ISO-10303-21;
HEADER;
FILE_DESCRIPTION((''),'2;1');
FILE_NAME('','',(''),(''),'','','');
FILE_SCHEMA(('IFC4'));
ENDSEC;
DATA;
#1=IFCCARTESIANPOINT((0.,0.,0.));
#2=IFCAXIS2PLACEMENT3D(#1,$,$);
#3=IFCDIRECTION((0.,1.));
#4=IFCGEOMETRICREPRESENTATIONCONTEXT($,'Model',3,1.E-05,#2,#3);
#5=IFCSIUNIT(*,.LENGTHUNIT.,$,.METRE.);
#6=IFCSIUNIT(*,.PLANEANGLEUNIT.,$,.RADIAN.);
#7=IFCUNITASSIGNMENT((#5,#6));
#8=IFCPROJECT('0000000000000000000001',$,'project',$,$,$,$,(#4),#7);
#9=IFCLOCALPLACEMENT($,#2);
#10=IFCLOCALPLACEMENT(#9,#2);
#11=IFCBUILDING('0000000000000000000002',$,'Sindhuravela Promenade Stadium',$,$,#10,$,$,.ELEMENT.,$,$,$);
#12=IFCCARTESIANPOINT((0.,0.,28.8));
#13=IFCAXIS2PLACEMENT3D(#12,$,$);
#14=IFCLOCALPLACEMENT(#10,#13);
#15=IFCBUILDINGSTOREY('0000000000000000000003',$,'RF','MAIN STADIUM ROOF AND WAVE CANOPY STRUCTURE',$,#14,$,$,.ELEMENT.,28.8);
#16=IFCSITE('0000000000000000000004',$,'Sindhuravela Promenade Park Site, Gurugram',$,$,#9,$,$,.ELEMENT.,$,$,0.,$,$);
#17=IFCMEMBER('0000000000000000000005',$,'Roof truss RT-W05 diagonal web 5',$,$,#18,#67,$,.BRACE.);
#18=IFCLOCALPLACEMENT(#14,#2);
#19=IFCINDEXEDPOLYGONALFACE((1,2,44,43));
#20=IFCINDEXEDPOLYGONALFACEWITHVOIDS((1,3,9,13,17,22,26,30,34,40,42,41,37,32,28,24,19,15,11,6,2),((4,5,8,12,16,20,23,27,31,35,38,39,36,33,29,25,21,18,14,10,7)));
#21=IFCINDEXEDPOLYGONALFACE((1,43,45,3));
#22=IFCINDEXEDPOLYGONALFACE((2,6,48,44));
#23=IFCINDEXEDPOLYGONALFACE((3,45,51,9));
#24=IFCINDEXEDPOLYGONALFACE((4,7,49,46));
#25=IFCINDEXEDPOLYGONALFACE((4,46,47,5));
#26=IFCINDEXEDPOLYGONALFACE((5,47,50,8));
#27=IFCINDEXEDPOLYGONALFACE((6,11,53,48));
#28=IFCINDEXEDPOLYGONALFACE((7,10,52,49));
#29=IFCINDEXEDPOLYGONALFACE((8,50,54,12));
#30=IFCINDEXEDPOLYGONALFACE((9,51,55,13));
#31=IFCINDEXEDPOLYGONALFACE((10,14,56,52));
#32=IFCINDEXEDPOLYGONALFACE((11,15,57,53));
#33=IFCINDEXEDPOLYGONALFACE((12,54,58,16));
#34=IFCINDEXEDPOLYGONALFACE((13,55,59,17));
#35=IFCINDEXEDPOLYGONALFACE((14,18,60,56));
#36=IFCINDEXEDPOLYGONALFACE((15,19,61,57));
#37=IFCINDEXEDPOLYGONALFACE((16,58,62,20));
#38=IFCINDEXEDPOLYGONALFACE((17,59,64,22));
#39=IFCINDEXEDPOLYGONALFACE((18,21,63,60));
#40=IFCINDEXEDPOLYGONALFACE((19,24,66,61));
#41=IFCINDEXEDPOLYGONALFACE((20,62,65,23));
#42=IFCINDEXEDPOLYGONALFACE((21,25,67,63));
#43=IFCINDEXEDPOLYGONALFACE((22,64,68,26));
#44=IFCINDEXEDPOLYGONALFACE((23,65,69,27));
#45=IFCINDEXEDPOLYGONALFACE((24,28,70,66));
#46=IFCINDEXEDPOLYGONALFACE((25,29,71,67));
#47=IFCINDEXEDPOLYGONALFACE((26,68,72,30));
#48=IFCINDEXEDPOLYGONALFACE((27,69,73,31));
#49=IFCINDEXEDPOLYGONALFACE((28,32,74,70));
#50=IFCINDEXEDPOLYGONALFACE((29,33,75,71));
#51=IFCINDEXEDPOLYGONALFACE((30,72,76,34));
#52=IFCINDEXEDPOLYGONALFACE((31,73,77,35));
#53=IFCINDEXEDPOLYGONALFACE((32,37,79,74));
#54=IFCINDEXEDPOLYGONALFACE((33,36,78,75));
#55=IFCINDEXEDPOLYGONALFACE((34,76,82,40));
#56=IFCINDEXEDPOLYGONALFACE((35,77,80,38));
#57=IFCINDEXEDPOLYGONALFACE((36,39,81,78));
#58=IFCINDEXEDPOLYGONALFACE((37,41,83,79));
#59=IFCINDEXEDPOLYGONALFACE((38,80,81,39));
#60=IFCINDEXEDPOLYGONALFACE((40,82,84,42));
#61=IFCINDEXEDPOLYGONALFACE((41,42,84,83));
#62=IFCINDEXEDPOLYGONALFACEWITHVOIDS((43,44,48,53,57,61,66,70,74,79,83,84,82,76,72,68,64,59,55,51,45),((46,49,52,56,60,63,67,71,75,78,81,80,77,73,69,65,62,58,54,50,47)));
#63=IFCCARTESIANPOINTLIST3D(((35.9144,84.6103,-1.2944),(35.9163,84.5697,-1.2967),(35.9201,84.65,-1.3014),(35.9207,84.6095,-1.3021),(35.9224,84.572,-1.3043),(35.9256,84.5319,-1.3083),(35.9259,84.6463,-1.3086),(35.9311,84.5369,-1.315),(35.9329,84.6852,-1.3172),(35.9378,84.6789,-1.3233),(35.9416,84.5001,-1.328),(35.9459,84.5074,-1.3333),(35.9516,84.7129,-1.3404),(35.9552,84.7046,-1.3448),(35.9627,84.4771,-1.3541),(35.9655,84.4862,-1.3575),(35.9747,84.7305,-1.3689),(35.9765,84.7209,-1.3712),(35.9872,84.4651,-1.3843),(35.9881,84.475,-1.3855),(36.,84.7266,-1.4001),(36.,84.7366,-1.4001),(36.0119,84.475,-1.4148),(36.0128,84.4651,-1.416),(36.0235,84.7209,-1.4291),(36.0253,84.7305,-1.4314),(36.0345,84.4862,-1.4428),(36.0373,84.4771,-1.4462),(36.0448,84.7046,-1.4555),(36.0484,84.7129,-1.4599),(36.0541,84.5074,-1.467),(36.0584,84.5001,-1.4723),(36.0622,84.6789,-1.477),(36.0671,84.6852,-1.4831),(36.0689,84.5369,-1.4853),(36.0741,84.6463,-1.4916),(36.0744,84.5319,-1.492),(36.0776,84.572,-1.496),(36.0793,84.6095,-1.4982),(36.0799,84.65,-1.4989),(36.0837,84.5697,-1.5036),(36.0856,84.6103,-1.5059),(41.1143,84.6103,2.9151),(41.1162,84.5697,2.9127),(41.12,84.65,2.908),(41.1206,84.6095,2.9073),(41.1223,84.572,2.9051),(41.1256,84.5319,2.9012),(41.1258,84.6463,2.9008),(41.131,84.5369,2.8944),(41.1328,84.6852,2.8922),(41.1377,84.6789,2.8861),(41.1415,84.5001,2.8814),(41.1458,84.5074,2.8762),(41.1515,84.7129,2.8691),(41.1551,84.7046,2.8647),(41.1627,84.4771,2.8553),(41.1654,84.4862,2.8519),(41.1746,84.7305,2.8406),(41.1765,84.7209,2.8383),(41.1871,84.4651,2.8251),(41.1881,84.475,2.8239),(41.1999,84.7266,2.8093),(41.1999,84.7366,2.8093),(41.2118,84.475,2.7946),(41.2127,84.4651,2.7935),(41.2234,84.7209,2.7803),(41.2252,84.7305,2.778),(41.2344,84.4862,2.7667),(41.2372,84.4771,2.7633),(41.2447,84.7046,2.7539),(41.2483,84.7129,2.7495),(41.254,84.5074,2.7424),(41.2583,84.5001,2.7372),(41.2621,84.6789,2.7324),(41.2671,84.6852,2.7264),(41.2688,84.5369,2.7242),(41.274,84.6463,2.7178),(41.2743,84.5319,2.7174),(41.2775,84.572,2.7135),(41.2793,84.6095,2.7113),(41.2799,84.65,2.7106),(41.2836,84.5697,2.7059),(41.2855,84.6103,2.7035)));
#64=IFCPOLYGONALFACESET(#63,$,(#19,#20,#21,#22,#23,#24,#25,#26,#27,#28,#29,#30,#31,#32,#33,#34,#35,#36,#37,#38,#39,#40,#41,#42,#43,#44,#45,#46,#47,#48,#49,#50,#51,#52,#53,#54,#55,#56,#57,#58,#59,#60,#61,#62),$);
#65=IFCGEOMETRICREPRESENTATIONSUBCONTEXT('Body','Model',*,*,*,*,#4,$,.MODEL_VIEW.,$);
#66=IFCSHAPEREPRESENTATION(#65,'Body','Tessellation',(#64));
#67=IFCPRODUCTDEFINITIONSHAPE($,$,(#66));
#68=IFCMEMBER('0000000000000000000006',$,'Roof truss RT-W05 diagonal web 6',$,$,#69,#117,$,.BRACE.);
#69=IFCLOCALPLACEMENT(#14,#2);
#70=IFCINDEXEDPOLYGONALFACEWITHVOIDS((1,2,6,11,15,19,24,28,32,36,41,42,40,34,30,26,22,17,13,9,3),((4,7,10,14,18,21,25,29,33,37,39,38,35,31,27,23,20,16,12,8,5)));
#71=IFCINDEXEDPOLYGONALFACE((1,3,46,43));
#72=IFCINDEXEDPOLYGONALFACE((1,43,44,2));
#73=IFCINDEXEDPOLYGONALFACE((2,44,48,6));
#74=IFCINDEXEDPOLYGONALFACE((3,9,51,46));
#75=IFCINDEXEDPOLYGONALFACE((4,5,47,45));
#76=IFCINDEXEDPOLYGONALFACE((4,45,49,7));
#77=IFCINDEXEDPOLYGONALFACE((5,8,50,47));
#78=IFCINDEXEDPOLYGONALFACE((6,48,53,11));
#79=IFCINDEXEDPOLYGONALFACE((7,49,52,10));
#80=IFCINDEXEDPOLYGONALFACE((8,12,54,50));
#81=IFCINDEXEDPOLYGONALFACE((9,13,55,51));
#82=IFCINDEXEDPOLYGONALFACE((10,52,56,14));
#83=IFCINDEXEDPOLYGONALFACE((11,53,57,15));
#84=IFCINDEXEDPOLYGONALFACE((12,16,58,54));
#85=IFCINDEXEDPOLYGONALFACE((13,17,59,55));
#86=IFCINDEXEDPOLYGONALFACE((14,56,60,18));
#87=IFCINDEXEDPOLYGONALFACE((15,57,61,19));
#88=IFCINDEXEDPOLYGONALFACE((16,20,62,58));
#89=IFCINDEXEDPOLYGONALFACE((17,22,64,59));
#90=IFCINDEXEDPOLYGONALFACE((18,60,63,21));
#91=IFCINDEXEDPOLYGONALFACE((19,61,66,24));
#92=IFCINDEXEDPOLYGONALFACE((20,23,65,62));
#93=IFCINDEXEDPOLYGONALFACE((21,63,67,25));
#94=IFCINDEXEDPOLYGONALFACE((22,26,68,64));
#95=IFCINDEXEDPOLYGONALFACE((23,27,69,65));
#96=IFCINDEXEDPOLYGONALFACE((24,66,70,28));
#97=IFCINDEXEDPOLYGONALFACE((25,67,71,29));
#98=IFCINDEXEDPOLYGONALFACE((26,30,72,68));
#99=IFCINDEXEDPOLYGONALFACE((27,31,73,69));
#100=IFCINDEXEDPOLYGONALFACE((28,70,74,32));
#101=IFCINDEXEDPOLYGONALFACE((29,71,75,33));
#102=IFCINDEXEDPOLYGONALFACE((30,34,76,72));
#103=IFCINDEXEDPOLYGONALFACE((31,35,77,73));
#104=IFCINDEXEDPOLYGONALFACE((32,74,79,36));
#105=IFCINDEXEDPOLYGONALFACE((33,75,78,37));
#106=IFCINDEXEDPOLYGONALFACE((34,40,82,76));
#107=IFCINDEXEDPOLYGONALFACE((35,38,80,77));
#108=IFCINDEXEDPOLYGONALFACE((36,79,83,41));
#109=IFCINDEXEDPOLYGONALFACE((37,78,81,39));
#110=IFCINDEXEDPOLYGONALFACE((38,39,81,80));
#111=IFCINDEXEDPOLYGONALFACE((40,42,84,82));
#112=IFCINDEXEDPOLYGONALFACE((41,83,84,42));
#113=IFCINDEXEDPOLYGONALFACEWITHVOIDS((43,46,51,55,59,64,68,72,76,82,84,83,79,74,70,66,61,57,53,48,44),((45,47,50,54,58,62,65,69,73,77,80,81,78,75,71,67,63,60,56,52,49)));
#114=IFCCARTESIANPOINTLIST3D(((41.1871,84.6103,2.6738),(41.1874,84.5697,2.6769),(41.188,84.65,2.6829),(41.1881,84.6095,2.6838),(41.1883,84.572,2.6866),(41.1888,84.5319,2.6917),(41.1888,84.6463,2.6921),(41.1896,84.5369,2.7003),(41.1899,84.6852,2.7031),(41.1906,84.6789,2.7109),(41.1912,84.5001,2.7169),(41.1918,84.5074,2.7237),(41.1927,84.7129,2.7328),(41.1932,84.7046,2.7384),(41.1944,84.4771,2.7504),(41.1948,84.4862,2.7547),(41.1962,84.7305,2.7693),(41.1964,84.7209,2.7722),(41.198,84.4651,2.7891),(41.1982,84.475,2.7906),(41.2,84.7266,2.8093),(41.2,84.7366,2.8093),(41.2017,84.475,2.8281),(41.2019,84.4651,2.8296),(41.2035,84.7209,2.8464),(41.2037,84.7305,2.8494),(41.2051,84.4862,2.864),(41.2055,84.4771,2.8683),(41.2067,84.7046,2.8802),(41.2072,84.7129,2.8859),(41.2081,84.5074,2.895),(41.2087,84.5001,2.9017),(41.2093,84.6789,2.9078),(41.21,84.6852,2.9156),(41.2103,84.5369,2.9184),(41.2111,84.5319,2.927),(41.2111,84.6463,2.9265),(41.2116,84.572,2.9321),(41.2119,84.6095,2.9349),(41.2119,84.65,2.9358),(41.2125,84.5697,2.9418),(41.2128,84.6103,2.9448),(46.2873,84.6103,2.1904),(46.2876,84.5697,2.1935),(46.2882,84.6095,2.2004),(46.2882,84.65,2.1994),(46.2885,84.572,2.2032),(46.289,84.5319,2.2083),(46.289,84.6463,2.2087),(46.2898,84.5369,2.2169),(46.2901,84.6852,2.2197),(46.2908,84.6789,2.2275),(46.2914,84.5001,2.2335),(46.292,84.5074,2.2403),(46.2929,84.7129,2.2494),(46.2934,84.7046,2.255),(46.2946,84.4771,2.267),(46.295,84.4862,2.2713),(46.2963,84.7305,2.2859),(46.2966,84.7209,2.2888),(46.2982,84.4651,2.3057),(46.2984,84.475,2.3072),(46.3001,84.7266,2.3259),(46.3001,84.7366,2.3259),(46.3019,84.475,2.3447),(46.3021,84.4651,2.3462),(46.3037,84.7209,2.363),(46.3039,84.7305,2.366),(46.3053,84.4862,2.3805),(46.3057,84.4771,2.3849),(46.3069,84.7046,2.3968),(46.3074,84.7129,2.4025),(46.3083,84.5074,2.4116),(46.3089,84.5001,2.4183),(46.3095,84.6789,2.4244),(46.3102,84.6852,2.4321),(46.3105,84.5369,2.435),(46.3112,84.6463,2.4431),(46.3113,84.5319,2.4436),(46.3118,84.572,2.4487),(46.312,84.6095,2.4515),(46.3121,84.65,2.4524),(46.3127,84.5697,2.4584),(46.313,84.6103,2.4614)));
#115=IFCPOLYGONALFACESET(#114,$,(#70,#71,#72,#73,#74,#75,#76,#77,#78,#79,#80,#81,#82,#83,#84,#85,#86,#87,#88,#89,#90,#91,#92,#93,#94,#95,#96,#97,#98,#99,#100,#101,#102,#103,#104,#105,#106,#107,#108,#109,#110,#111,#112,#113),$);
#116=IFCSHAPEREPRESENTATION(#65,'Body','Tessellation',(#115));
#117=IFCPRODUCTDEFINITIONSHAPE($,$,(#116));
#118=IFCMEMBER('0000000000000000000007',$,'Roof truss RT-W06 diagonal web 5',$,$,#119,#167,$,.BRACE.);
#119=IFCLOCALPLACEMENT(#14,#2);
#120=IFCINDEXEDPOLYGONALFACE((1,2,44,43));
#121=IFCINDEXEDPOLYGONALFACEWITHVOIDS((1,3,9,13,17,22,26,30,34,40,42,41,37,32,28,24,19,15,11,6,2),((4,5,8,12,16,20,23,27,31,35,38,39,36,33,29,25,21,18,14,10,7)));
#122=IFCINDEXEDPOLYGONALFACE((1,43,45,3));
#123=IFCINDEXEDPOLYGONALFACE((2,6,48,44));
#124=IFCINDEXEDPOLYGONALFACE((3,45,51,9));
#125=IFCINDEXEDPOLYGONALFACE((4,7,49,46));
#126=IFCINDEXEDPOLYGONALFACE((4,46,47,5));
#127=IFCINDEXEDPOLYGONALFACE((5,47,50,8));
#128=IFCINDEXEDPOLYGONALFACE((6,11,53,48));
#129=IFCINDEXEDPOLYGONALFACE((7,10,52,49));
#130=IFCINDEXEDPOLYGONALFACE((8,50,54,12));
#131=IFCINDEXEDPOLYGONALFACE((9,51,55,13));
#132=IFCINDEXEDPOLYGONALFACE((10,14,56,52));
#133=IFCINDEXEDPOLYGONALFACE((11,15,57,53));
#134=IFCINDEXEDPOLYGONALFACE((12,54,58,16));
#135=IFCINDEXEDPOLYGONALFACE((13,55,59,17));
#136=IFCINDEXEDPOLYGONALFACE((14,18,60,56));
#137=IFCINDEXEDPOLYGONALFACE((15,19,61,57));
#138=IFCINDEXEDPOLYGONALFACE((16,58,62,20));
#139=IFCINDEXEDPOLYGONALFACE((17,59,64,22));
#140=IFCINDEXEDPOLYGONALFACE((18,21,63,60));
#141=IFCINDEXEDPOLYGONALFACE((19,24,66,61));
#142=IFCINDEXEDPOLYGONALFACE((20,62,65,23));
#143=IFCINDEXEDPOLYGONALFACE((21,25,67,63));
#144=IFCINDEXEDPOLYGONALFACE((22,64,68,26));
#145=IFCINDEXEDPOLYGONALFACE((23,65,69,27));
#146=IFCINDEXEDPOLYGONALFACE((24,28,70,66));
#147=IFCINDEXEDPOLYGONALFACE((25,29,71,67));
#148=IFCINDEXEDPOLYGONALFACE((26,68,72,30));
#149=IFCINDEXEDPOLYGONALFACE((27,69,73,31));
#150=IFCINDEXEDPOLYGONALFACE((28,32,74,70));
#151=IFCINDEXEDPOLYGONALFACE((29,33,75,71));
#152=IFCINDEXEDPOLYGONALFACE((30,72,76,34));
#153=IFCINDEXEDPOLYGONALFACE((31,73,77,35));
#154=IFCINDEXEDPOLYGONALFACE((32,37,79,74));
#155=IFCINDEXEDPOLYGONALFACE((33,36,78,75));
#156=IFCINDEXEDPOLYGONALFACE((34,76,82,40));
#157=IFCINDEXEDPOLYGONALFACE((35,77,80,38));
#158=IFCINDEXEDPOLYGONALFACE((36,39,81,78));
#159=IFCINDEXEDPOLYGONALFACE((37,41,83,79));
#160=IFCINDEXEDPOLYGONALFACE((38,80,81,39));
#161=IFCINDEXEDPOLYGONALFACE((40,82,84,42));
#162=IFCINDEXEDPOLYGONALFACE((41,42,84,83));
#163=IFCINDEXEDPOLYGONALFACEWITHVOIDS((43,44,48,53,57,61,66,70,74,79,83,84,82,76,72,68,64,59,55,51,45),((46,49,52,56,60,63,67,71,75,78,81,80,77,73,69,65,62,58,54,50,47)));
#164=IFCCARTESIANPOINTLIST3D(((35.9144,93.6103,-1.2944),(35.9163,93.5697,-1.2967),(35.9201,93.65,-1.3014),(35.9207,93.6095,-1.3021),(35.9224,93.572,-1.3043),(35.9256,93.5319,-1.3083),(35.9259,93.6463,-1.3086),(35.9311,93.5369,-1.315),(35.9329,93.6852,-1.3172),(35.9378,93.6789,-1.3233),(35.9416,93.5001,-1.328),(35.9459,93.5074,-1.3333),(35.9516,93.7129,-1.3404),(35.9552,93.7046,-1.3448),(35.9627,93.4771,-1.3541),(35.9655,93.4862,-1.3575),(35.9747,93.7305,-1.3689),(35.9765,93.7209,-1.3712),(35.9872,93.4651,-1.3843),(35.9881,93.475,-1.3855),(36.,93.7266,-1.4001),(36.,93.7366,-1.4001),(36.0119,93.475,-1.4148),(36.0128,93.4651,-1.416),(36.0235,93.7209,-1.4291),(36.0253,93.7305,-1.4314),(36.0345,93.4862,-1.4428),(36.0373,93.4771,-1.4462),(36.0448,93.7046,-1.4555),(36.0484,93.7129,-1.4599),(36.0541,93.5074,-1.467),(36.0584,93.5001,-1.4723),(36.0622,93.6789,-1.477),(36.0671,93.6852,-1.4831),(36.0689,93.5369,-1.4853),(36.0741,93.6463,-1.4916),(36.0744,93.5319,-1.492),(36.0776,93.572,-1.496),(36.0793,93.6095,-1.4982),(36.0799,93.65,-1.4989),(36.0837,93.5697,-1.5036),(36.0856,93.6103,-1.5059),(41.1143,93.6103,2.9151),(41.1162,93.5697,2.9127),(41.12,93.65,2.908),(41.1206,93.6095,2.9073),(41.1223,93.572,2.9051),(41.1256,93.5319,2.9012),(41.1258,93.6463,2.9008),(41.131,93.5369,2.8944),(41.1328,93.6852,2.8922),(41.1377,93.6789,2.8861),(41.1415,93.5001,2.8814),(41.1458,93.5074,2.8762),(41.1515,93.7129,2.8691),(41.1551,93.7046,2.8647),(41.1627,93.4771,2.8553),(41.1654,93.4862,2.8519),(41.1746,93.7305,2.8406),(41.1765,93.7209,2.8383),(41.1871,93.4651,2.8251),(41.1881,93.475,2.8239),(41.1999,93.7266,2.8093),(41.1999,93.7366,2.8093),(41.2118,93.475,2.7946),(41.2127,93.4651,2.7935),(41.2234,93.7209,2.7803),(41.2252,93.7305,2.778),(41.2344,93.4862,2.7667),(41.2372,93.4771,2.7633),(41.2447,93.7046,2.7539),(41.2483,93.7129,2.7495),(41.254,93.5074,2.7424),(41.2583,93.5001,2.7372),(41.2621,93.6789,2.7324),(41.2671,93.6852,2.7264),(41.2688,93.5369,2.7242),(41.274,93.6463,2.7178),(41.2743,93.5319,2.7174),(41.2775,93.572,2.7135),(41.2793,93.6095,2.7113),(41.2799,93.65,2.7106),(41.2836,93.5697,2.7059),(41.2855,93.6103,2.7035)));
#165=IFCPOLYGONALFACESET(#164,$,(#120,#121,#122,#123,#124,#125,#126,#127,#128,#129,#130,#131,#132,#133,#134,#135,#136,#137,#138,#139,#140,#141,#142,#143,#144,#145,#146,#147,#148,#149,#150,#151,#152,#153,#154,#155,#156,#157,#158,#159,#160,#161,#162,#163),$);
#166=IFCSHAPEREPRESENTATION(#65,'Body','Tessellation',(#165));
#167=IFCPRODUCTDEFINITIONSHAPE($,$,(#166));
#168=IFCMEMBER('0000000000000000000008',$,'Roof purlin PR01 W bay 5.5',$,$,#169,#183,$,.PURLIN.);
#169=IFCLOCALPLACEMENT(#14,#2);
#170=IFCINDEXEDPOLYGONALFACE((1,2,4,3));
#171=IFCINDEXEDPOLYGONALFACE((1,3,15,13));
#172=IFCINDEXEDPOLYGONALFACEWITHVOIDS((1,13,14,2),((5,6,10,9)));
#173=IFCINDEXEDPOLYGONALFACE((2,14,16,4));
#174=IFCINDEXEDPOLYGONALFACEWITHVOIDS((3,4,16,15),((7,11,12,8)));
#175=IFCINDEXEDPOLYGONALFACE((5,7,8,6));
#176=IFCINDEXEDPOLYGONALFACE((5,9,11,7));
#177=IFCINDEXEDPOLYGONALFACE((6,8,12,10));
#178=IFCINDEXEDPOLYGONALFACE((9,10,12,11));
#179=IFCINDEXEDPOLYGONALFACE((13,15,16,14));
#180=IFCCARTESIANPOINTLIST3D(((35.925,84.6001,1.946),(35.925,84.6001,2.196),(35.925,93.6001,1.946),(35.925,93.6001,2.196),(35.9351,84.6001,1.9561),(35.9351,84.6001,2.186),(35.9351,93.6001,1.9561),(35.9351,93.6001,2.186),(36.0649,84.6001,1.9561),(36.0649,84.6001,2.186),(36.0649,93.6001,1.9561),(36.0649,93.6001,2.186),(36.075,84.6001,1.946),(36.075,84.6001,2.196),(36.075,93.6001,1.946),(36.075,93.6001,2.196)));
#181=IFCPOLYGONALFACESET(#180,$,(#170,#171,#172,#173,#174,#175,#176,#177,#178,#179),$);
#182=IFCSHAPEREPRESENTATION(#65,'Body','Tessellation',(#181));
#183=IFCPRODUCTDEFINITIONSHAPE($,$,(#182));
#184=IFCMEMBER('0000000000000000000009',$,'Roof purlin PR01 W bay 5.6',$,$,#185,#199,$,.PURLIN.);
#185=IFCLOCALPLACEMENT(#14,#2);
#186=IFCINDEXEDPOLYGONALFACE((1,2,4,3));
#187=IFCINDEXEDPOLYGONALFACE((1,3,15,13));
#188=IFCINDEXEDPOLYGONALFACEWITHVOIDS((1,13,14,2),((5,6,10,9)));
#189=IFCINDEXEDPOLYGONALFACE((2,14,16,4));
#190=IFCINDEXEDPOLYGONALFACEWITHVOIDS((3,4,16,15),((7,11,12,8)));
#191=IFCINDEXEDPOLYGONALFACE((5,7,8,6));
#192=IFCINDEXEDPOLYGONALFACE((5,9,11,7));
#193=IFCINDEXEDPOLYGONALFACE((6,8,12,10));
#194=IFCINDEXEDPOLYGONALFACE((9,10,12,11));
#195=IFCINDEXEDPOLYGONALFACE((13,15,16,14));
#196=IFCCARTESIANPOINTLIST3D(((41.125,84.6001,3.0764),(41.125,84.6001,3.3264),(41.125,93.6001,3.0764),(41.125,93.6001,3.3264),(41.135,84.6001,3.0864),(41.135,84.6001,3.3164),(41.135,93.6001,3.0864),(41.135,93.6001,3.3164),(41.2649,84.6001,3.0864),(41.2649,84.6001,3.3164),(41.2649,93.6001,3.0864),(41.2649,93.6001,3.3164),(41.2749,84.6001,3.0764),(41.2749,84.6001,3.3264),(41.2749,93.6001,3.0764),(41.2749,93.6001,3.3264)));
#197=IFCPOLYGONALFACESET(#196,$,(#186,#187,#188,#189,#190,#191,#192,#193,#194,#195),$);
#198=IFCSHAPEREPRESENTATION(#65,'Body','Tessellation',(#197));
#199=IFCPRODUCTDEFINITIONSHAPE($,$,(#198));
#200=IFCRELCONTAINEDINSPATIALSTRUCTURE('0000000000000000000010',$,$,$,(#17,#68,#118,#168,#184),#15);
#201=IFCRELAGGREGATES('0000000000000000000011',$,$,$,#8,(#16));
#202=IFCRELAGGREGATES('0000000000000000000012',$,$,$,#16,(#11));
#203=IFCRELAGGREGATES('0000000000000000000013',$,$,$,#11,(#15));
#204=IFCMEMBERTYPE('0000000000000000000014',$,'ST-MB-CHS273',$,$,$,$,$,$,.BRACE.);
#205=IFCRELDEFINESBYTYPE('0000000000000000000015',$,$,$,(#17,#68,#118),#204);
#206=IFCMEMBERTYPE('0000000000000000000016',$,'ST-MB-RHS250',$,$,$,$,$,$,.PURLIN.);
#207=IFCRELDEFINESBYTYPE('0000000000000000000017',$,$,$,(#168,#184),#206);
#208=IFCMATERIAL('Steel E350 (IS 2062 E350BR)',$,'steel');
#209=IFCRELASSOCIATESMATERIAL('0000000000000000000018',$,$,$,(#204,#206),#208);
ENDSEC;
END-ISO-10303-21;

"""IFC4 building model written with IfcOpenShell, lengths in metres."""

from ifc_helpers import new_model, si_unit, direction, frame, origin, origin_2d, place, context, subcontext, project, spatial, hollow_rectangle, hollow_circle, extrude, material, material_profile, profile_set, type_object, element, save


model = new_model("IFC4")

# Units and contexts
model_context = context("Model", 3, precision=1e-05, world=origin(), true_north=direction((0.0, 1.0)))
body_context = subcontext(model_context, "Body", "Model", "MODEL_VIEW")
ifc_project = project(units=[si_unit("LENGTHUNIT", "METRE"), si_unit("PLANEANGLEUNIT", "RADIAN")], contexts=[model_context])

# Site, building, storey
site_placement = place(None, origin())
site = spatial("IfcSite", under=ifc_project, at=site_placement, Name="Sindhuravela Promenade Park Site, Gurugram", CompositionType="ELEMENT", RefElevation=0.0)
building_placement = place(site_placement, origin())
building = spatial("IfcBuilding", under=site, at=building_placement, Name="Sindhuravela Promenade Stadium", CompositionType="ELEMENT")
storey_placement = place(building_placement, frame((0.0, 0.0, 28.8)))
storey = spatial("IfcBuildingStorey", under=building, at=storey_placement, Name="RF", Description="MAIN STADIUM ROOF AND WAVE CANOPY STRUCTURE", CompositionType="ELEMENT", Elevation=28.8)

# Shared definitions
ifc_material_1 = material(Name="Steel E350 (IS 2062 E350BR)", Category="steel")

# Members
ifc_material_profile_1 = material_profile(ifc_material_1, hollow_circle(Radius=0.1365, WallThickness=0.01, at=origin_2d()), Name="CHS 273.0x10")
ifc_profile_set_1 = profile_set([ifc_material_profile_1], Name="Steel E350 (IS 2062 E350BR)")
member_type_1 = type_object("IfcMemberType", Name="ST-MB-CHS273", PredefinedType="BRACE", material=ifc_profile_set_1)
member_1_placement = place(storey_placement, frame((36.0, 84.6001, -1.4001), z_axis=(0.777246, 0.0, 0.629197), x_axis=(0.0, 1.0, 0.0)))
element("IfcMember", 1, at=member_1_placement, inside=storey, type_object=member_type_1, Name="Roof truss RT-W05 diagonal web 5", PredefinedType="BRACE", context=body_context, shape_type="SweptSolid", body=[
    extrude(hollow_circle(Radius=0.1365, WallThickness=0.01, at=origin_2d()), origin(), (0.0, 0.0, 1.0), 6.6902),
])
member_2_placement = place(storey_placement, frame((41.2, 84.6001, 2.8093), z_axis=(0.995538, 0.0, -0.094359), x_axis=(0.0, 1.0, 0.0)))
element("IfcMember", 2, at=member_2_placement, inside=storey, type_object=member_type_1, Name="Roof truss RT-W05 diagonal web 6", PredefinedType="BRACE", context=body_context, shape_type="SweptSolid", body=[
    extrude(hollow_circle(Radius=0.1365, WallThickness=0.01, at=origin_2d()), origin(), (0.0, 0.0, 1.0), 5.123),
])
member_3_placement = place(storey_placement, frame((36.0, 93.6001, -1.4001), z_axis=(0.777246, 0.0, 0.629197), x_axis=(0.0, 1.0, 0.0)))
element("IfcMember", 3, at=member_3_placement, inside=storey, type_object=member_type_1, Name="Roof truss RT-W06 diagonal web 5", PredefinedType="BRACE", context=body_context, shape_type="SweptSolid", body=[
    extrude(hollow_circle(Radius=0.1365, WallThickness=0.01, at=origin_2d()), origin(), (0.0, 0.0, 1.0), 6.6902),
])
ifc_material_profile_2 = material_profile(ifc_material_1, hollow_rectangle(XDim=0.1499, YDim=0.25, WallThickness=0.01, at=origin_2d()), Name="RHS 250x150x10")
ifc_profile_set_2 = profile_set([ifc_material_profile_2], Name="Steel E350 (IS 2062 E350BR)")
member_type_2 = type_object("IfcMemberType", Name="ST-MB-RHS250", PredefinedType="PURLIN", material=ifc_profile_set_2)
for number, where, z_axis, x_axis, name in (
    (4, (36.0, 84.6001, 2.071), (0.0, 1.0, 0.0), (-1.0, 0.0, 0.0), "Roof purlin PR01 W bay 5.5"),
    (5, (41.2, 84.6001, 3.2014), (0.0, 1.0, 0.0), (-1.0, 0.0, 0.0), "Roof purlin PR01 W bay 5.6"),
):
    element("IfcMember", number, at=place(storey_placement, frame(where, z_axis=z_axis, x_axis=x_axis)), inside=storey, type_object=member_type_2, Name=name, PredefinedType="PURLIN", context=body_context, shape_type="SweptSolid", body=[
        extrude(hollow_rectangle(XDim=0.1499, YDim=0.25, WallThickness=0.01, at=origin_2d()), origin(), (0.0, 0.0, 1.0), 9.0),
    ])

save(model, "model.ifc")
